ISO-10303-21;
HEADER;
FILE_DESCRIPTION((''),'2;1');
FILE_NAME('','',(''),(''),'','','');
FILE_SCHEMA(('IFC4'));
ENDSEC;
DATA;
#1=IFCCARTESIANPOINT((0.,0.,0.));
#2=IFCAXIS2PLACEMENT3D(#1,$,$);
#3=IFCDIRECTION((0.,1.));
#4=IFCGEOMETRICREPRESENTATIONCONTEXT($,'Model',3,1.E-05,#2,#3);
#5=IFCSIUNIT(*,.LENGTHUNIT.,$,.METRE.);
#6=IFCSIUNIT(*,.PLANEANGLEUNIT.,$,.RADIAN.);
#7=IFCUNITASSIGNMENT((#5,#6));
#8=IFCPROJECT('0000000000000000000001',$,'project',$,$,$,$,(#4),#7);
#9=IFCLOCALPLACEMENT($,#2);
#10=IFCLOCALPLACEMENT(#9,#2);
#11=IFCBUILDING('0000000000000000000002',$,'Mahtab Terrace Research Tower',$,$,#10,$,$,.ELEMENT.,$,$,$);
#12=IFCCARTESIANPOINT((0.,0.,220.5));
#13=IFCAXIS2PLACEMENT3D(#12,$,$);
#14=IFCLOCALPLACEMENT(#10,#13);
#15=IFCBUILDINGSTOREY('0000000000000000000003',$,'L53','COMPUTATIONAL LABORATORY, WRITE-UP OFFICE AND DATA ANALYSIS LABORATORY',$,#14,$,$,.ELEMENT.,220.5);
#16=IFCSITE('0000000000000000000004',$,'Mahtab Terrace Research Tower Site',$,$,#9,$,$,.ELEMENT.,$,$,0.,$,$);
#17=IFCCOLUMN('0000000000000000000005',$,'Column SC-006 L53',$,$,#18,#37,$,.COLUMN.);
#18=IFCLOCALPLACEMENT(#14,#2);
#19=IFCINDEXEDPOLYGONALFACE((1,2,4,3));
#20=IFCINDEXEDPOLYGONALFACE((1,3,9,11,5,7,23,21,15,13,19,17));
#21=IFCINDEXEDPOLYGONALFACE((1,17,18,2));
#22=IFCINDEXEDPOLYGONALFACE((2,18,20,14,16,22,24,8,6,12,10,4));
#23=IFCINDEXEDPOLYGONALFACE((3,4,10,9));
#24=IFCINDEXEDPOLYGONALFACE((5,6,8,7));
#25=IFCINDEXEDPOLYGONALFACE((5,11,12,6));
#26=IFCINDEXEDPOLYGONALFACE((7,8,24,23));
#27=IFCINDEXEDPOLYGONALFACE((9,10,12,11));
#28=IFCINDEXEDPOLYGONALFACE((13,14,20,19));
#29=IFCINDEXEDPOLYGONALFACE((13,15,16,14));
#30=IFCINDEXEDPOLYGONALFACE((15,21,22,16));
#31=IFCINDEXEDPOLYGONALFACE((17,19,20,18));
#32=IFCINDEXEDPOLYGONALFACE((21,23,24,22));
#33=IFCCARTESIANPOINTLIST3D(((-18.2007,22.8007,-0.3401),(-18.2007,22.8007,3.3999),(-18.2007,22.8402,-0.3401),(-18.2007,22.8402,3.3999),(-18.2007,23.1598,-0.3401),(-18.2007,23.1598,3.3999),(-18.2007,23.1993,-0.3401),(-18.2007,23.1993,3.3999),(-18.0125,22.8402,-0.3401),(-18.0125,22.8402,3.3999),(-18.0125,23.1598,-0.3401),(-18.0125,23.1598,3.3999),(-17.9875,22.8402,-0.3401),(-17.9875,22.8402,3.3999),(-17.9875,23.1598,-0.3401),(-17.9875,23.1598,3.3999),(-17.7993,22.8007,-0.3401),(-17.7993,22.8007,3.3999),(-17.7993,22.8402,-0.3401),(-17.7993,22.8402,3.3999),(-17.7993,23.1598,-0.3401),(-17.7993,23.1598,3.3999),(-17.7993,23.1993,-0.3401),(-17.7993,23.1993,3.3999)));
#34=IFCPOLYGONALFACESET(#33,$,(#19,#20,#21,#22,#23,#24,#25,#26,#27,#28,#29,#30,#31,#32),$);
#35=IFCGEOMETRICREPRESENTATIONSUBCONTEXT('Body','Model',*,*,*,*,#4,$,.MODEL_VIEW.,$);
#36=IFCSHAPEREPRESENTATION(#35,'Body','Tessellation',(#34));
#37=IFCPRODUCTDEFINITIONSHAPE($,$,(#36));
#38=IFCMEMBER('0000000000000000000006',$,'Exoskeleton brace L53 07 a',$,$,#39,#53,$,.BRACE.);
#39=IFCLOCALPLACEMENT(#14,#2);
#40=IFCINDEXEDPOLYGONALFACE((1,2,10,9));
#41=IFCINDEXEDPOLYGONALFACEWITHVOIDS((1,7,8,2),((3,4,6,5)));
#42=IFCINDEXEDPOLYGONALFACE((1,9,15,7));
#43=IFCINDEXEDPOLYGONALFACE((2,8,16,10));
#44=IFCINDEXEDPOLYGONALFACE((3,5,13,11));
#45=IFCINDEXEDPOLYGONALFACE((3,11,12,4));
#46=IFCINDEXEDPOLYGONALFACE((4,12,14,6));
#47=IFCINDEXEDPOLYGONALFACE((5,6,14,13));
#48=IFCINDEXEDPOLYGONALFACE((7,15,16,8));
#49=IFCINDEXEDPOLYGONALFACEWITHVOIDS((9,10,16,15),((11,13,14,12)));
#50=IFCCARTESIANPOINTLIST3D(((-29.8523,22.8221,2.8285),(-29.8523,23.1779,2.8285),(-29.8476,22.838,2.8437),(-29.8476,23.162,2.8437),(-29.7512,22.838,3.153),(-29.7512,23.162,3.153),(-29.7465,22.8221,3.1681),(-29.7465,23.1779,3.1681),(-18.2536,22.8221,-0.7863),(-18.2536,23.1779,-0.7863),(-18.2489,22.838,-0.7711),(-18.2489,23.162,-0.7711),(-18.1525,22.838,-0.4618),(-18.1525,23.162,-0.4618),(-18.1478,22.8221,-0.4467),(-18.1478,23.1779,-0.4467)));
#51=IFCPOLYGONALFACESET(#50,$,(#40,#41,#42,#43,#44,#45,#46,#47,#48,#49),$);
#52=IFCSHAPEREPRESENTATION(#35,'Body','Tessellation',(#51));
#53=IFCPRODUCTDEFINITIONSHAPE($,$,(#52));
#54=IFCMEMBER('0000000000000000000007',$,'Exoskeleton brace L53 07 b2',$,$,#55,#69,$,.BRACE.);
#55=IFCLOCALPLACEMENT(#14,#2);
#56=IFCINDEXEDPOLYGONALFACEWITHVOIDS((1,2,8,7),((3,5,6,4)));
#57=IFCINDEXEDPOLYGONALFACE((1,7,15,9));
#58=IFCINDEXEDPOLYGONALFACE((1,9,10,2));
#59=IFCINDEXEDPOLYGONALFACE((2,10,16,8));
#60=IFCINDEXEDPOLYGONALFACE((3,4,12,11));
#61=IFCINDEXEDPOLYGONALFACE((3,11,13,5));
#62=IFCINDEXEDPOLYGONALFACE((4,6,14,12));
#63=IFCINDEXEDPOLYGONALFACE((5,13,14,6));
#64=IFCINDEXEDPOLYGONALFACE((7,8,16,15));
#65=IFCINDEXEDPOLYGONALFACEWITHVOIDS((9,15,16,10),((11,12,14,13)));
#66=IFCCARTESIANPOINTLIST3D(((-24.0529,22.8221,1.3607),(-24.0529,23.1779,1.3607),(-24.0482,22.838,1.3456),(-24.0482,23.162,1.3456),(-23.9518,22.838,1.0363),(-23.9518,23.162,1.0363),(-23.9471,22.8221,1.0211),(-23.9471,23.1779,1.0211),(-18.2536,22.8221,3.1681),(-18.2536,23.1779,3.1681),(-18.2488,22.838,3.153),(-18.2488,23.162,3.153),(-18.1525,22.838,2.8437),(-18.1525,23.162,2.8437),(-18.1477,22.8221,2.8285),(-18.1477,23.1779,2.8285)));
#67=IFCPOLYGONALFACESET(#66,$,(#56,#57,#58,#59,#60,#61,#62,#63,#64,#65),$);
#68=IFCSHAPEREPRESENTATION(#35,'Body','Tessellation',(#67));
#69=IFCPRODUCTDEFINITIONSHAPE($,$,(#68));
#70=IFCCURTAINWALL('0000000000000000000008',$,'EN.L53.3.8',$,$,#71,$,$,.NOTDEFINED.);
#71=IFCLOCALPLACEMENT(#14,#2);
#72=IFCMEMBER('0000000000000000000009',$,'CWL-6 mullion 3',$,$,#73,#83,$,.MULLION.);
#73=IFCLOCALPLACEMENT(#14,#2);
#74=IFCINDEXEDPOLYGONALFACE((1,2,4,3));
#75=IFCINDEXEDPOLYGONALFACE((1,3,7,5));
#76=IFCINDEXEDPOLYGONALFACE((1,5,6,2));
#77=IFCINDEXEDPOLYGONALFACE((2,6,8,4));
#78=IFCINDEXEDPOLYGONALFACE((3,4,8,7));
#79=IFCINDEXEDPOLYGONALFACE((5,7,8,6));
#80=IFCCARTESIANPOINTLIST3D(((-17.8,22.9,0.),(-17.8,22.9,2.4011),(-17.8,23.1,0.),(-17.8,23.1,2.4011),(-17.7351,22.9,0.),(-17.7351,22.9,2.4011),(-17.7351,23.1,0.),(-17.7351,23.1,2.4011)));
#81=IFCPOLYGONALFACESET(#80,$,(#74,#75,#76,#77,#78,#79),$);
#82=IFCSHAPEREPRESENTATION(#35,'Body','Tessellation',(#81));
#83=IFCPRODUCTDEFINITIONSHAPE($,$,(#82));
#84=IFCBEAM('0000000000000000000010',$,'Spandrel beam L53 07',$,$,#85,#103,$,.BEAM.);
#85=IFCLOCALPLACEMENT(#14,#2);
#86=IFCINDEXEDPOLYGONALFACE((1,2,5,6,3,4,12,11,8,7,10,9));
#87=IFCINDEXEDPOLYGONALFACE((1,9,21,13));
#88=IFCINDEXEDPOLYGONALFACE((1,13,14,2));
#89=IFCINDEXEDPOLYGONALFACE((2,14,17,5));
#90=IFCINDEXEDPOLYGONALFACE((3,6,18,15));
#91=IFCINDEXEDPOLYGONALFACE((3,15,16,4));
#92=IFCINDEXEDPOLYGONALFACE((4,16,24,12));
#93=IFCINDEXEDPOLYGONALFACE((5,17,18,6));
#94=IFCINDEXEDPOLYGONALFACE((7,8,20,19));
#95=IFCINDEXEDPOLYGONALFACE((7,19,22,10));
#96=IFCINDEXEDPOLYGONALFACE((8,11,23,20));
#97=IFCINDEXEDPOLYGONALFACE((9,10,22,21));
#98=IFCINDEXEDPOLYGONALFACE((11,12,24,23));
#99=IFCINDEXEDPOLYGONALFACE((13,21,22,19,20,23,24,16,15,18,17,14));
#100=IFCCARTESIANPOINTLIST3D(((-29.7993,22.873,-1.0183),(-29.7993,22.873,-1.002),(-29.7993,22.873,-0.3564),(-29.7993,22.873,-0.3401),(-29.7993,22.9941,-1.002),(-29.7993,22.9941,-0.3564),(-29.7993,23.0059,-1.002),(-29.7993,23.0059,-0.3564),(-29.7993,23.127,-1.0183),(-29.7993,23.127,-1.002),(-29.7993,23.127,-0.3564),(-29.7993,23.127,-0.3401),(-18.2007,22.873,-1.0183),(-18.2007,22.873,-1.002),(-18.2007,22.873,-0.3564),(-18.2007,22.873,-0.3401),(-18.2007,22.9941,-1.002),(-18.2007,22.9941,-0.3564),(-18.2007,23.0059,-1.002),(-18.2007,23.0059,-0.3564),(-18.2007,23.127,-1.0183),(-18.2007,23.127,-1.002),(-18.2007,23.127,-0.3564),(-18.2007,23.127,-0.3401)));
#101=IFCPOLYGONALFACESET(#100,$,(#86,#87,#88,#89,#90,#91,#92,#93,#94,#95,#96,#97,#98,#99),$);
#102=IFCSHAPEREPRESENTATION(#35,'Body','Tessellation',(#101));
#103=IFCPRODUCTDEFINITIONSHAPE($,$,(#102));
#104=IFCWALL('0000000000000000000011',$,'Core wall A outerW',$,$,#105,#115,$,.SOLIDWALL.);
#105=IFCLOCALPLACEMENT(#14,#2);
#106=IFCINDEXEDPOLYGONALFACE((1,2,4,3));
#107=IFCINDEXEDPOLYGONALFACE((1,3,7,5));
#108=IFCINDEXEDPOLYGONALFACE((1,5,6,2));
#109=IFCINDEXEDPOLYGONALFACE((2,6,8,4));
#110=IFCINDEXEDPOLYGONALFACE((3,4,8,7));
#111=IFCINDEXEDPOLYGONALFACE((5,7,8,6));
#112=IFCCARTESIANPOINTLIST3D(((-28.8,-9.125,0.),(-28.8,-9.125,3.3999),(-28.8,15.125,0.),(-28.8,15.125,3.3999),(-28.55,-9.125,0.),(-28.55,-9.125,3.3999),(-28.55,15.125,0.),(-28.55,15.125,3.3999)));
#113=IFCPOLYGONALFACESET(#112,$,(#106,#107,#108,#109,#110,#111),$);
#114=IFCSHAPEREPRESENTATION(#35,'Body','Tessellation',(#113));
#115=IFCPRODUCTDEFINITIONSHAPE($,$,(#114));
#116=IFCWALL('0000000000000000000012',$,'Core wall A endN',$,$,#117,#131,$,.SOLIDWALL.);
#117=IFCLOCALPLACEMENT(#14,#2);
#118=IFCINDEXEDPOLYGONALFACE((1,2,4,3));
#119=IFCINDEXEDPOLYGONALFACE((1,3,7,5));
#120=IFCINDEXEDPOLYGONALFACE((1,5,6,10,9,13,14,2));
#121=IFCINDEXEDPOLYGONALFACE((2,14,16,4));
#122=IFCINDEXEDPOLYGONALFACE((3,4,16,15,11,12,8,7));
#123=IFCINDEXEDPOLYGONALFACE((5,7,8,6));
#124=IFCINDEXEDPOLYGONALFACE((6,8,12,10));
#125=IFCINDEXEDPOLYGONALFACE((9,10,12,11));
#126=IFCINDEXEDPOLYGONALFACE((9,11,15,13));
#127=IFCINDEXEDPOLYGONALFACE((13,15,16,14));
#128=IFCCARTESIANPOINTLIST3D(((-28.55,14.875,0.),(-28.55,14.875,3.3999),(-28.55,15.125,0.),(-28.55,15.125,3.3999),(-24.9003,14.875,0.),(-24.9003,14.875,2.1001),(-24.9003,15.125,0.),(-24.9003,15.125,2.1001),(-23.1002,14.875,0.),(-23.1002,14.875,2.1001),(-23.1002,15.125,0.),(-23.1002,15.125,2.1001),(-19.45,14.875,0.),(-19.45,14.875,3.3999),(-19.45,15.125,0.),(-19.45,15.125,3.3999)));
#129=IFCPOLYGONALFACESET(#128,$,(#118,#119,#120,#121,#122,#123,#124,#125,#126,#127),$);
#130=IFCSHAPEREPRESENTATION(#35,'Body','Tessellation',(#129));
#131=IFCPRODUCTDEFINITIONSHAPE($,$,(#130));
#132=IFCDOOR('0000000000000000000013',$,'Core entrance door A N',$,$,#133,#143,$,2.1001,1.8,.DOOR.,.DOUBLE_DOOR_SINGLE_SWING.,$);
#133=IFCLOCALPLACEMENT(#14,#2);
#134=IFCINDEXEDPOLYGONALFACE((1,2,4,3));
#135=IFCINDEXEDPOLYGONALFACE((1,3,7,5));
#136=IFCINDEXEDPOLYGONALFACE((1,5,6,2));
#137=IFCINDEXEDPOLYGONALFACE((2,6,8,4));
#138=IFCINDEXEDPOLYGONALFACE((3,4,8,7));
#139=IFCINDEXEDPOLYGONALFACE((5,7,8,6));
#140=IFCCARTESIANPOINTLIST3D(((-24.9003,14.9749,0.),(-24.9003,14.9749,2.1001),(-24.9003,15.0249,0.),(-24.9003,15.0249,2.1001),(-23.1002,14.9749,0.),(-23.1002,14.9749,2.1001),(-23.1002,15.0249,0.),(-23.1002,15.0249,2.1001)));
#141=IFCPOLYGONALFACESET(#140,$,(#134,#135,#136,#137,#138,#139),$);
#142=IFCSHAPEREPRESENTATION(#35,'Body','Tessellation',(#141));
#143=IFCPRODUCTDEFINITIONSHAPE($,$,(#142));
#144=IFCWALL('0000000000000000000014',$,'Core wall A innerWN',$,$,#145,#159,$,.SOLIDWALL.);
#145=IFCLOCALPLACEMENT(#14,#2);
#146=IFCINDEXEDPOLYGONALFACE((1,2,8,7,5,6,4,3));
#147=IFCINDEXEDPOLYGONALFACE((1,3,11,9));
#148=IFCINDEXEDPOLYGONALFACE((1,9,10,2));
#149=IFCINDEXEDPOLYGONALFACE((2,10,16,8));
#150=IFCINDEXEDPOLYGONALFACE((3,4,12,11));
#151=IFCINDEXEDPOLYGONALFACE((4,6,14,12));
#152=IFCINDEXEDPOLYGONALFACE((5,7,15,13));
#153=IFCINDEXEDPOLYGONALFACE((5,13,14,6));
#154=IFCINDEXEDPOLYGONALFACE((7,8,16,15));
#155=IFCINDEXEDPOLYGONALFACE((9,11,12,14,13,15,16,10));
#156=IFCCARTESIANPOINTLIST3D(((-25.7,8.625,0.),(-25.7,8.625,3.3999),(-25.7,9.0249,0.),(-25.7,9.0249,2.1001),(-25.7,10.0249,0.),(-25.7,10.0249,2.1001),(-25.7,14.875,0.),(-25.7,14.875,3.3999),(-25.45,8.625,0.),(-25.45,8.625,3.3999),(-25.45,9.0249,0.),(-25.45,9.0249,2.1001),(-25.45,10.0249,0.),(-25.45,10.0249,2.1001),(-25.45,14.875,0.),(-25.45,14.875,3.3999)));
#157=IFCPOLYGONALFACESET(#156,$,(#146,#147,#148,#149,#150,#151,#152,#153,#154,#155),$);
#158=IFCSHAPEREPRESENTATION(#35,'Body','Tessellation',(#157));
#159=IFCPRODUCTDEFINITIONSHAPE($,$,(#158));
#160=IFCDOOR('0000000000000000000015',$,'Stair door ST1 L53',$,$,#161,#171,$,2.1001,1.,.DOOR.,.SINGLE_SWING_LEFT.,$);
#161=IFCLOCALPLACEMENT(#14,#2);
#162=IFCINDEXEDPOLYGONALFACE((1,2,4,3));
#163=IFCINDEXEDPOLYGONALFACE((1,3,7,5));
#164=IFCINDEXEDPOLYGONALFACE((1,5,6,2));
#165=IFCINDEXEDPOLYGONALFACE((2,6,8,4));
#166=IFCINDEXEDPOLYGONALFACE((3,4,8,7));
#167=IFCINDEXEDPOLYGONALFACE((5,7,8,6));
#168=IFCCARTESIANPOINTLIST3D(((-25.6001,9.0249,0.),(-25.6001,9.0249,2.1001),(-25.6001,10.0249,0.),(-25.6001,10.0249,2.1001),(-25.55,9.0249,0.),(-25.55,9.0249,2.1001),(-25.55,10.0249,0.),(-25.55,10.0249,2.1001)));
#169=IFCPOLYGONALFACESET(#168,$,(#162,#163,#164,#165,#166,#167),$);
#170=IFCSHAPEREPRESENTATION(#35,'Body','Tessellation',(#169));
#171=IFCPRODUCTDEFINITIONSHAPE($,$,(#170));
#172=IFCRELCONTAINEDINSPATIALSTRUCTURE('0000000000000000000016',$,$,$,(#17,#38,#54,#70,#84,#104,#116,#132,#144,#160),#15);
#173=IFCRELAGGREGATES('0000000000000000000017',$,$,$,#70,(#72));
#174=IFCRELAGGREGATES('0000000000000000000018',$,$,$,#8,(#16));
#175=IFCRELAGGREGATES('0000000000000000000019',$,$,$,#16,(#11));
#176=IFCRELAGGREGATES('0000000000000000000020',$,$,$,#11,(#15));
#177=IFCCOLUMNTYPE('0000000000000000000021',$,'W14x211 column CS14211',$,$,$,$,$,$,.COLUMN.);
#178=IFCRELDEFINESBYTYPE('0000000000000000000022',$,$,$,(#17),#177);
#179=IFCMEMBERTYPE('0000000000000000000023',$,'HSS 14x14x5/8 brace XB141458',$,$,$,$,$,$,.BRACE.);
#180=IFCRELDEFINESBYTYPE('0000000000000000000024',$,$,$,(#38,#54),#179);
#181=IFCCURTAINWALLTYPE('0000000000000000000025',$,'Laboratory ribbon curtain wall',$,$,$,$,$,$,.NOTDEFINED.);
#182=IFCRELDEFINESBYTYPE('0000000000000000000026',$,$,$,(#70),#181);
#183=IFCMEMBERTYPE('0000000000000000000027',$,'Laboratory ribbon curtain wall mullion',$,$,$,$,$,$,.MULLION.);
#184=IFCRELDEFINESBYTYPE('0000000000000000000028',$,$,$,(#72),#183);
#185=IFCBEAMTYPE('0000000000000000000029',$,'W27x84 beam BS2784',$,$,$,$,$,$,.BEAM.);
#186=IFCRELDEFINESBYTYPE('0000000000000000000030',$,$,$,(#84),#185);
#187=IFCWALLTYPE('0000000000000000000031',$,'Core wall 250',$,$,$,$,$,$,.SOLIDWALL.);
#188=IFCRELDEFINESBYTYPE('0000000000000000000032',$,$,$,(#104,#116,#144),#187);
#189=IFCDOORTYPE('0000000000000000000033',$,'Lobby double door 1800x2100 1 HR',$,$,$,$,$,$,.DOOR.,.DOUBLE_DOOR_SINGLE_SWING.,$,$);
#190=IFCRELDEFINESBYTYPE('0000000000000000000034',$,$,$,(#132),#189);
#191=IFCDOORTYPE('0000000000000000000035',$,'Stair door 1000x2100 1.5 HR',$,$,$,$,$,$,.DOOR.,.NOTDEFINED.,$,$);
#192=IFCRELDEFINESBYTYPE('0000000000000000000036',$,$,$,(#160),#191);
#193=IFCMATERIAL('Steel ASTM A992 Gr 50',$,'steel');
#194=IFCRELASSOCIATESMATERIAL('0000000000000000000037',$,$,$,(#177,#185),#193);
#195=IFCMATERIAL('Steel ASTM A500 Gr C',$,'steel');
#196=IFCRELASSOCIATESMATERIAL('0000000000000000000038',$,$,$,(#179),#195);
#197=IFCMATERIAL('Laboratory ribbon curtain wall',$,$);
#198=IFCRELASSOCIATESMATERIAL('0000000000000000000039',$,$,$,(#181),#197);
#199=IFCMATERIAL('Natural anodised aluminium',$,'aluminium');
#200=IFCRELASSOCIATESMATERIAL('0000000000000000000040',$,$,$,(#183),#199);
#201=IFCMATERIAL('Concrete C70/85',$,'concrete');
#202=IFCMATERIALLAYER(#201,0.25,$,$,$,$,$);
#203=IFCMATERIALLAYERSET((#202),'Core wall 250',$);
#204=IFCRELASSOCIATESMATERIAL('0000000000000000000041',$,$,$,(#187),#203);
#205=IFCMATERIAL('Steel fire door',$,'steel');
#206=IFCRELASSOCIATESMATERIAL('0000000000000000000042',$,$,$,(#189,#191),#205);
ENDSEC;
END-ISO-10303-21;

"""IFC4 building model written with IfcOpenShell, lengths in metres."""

from ifc_helpers import new_model, si_unit, direction, frame, frame_2d, origin, origin_2d, place, context, subcontext, project, spatial, rectangle, hollow_rectangle, i_section, extrude, material, layer, layer_set, material_profile, profile_set, type_object, element, fill, aggregate, save


model = new_model("IFC4")

# Units and contexts
model_context = context("Model", 3, precision=1e-05, world=origin(), true_north=direction((0.0, 1.0)))
body_context = subcontext(model_context, "Body", "Model", "MODEL_VIEW")
ifc_project = project(units=[si_unit("LENGTHUNIT", "METRE"), si_unit("PLANEANGLEUNIT", "RADIAN")], contexts=[model_context])

# Site, building, storey
site_placement = place(None, origin())
site = spatial("IfcSite", under=ifc_project, at=site_placement, Name="Mahtab Terrace Research Tower Site", CompositionType="ELEMENT", RefElevation=0.0)
building_placement = place(site_placement, origin())
building = spatial("IfcBuilding", under=site, at=building_placement, Name="Mahtab Terrace Research Tower", CompositionType="ELEMENT")
storey_placement = place(building_placement, frame((0.0, 0.0, 220.5)))
storey = spatial("IfcBuildingStorey", under=building, at=storey_placement, Name="L53", Description="COMPUTATIONAL LABORATORY, WRITE-UP OFFICE AND DATA ANALYSIS LABORATORY", CompositionType="ELEMENT", Elevation=220.5)

# Column
ifc_material_1 = material(Name="Steel ASTM A992 Gr 50", Category="steel")
ifc_material_profile_1 = material_profile(ifc_material_1, i_section(OverallWidth=0.4014, OverallDepth=0.3987, WebThickness=0.0249, FlangeThickness=0.0396, at=origin_2d()), Name="W14X211")
ifc_profile_set_1 = profile_set([ifc_material_profile_1], Name="Steel ASTM A992 Gr 50")
column_type = type_object("IfcColumnType", Name="W14x211 column CS14211", PredefinedType="COLUMN", material=ifc_profile_set_1)
column_placement = place(storey_placement, frame((-18.0, 23.0, -0.3401), z_axis=(0.0, 0.0, 1.0), x_axis=(1.0, 0.0, 0.0)))
element("IfcColumn", 1, at=column_placement, inside=storey, type_object=column_type, Name="Column SC-006 L53", PredefinedType="COLUMN", context=body_context, shape_type="SweptSolid", body=[
    extrude(i_section(OverallWidth=0.4014, OverallDepth=0.3987, WebThickness=0.0249, FlangeThickness=0.0396, at=origin_2d()), origin(), (0.0, 0.0, 1.0), 3.74),
])

# Members
ifc_material_2 = material(Name="Steel ASTM A500 Gr C", Category="steel")
ifc_material_profile_2 = material_profile(ifc_material_2, hollow_rectangle(XDim=0.3557, YDim=0.3557, WallThickness=0.0159, at=origin_2d()), Name="HSS14X14X5/8")
ifc_profile_set_2 = profile_set([ifc_material_profile_2], Name="Steel ASTM A500 Gr C")
member_type_1 = type_object("IfcMemberType", Name="HSS 14x14x5/8 brace XB141458", PredefinedType="BRACE", material=ifc_profile_set_2)
member_1_placement = place(storey_placement, frame((-18.2007, 23.0, -0.6165), z_axis=(-0.95471, 0.0, 0.297538), x_axis=(0.0, -1.0, 0.0)))
element("IfcMember", 2, at=member_1_placement, inside=storey, type_object=member_type_1, Name="Exoskeleton brace L53 07 a", PredefinedType="BRACE", context=body_context, shape_type="SweptSolid", body=[
    extrude(hollow_rectangle(XDim=0.3557, YDim=0.3557, WallThickness=0.0159, at=origin_2d()), origin(), (0.0, 0.0, 1.0), 12.1489),
])
member_2_placement = place(storey_placement, frame((-24.0, 23.0, 1.1909), z_axis=(0.95471, 0.0, 0.297538), x_axis=(0.0, 1.0, 0.0)))
element("IfcMember", 3, at=member_2_placement, inside=storey, type_object=member_type_1, Name="Exoskeleton brace L53 07 b2", PredefinedType="BRACE", context=body_context, shape_type="SweptSolid", body=[
    extrude(hollow_rectangle(XDim=0.3557, YDim=0.3557, WallThickness=0.0159, at=origin_2d()), origin(), (0.0, 0.0, 1.0), 6.0745),
])

# Curtain wall, member
ifc_material_3 = material(Name="Laboratory ribbon curtain wall")
curtain_wall_type = type_object("IfcCurtainWallType", Name="Laboratory ribbon curtain wall", PredefinedType="NOTDEFINED", material=ifc_material_3)
curtain_wall_placement = place(storey_placement, origin())
curtain_wall = element("IfcCurtainWall", 4, at=curtain_wall_placement, inside=storey, type_object=curtain_wall_type, Name="EN.L53.3.8", PredefinedType="NOTDEFINED")
ifc_material_4 = material(Name="Natural anodised aluminium", Category="aluminium")
ifc_material_profile_3 = material_profile(ifc_material_4, rectangle(XDim=0.2, YDim=0.0649, at=origin_2d()), Name="MULLION 65x200")
ifc_profile_set_3 = profile_set([ifc_material_profile_3], Name="Natural anodised aluminium")
member_type_2 = type_object("IfcMemberType", Name="Laboratory ribbon curtain wall mullion", PredefinedType="MULLION", material=ifc_profile_set_3)
member_3_placement = place(storey_placement, frame((-17.7676, 23.0, 0.0), z_axis=(0.0, 0.0, 1.0), x_axis=(0.0, -1.0, 0.0)))
member_3 = element("IfcMember", 5, at=member_3_placement, type_object=member_type_2, Name="CWL-6 mullion 3", PredefinedType="MULLION", context=body_context, shape_type="SweptSolid", body=[
    extrude(rectangle(XDim=0.2, YDim=0.0649, at=origin_2d()), origin(), (0.0, 0.0, 1.0), 2.4011),
])
aggregate(curtain_wall, [member_3])

# Beam
ifc_material_profile_4 = material_profile(ifc_material_1, i_section(OverallWidth=0.2539, OverallDepth=0.6782, WebThickness=0.0117, FlangeThickness=0.0164, at=origin_2d()), Name="W27X84")
ifc_profile_set_4 = profile_set([ifc_material_profile_4], Name="Steel ASTM A992 Gr 50")
beam_type = type_object("IfcBeamType", Name="W27x84 beam BS2784", PredefinedType="BEAM", material=ifc_profile_set_4)
beam_placement = place(storey_placement, frame((-18.2007, 23.0, -0.6792), z_axis=(-1.0, 0.0, 0.0), x_axis=(0.0, -1.0, 0.0)))
element("IfcBeam", 6, at=beam_placement, inside=storey, type_object=beam_type, Name="Spandrel beam L53 07", PredefinedType="BEAM", context=body_context, shape_type="SweptSolid", body=[
    extrude(i_section(OverallWidth=0.2539, OverallDepth=0.6782, WebThickness=0.0117, FlangeThickness=0.0164, at=origin_2d()), origin(), (0.0, 0.0, 1.0), 11.5986),
])

# Wall
ifc_material_5 = material(Name="Concrete C70/85", Category="concrete")
ifc_layer_1 = layer(ifc_material_5, 0.25)
ifc_layer_set_1 = layer_set([ifc_layer_1], Name="Core wall 250")
wall_type_1 = type_object("IfcWallType", Name="Core wall 250", PredefinedType="SOLIDWALL", material=ifc_layer_set_1)
wall_1_placement = place(storey_placement, frame((-28.675, 15.125, 0.0), z_axis=(0.0, 0.0, 1.0), x_axis=(0.0, -1.0, 0.0)))
element("IfcWall", 7, at=wall_1_placement, inside=storey, type_object=wall_type_1, Name="Core wall A outerW", PredefinedType="SOLIDWALL", context=body_context, shape_type="SweptSolid", body=[
    extrude(rectangle(XDim=24.25, YDim=0.25, at=frame_2d((12.125, 0.0))), origin(), (0.0, 0.0, 1.0), 3.3999),
])

# Walls, openings, doors
wall_2_placement = place(storey_placement, frame((-28.55, 15.0, 0.0), z_axis=(0.0, 0.0, 1.0), x_axis=(1.0, 0.0, 0.0)))
wall_2 = element("IfcWall", 8, at=wall_2_placement, inside=storey, type_object=wall_type_1, Name="Core wall A endN", PredefinedType="SOLIDWALL", context=body_context, shape_type="SweptSolid", body=[
    extrude(rectangle(XDim=9.1001, YDim=0.25, at=frame_2d((4.55, 0.0))), origin(), (0.0, 0.0, 1.0), 3.3999),
])
opening_1_placement = place(wall_2_placement, frame((3.6499, 0.0, 0.0)))
opening_1 = element("IfcOpeningElement", 9, at=opening_1_placement, cuts=wall_2, PredefinedType="OPENING", context=body_context, shape_type="SweptSolid", body=[
    extrude(rectangle(XDim=1.8, YDim=2.1001, at=frame_2d((0.8999, 1.05))), frame((0.0, 0.135, 0.0), z_axis=(0.0, -1.0, 0.0), x_axis=(1.0, 0.0, 0.0)), (0.0, 0.0, 1.0), 0.27),
])
ifc_material_6 = material(Name="Steel fire door", Category="steel")
door_type_1 = type_object("IfcDoorType", Name="Lobby double door 1800x2100 1 HR", OperationType="DOUBLE_DOOR_SINGLE_SWING", PredefinedType="DOOR", material=ifc_material_6)
door_1_placement = place(opening_1_placement, origin())
door_1 = element("IfcDoor", 10, at=door_1_placement, inside=storey, type_object=door_type_1, Name="Core entrance door A N", OperationType="DOUBLE_DOOR_SINGLE_SWING", OverallHeight=2.1001, OverallWidth=1.8, PredefinedType="DOOR", context=body_context, shape_type="SweptSolid", body=[
    extrude(rectangle(XDim=1.8, YDim=2.1001, at=frame_2d((0.8999, 1.05))), frame((0.0, 0.0249, 0.0), z_axis=(0.0, -1.0, 0.0), x_axis=(1.0, 0.0, 0.0)), (0.0, 0.0, 1.0), 0.05),
])
fill(opening_1, door_1)
wall_3_placement = place(storey_placement, frame((-25.575, 14.875, 0.0), z_axis=(0.0, 0.0, 1.0), x_axis=(0.0, -1.0, 0.0)))
wall_3 = element("IfcWall", 11, at=wall_3_placement, inside=storey, type_object=wall_type_1, Name="Core wall A innerWN", PredefinedType="SOLIDWALL", context=body_context, shape_type="SweptSolid", body=[
    extrude(rectangle(XDim=6.25, YDim=0.25, at=frame_2d((3.125, 0.0))), origin(), (0.0, 0.0, 1.0), 3.3999),
])
opening_2_placement = place(wall_3_placement, frame((4.8501, 0.0, 0.0)))
opening_2 = element("IfcOpeningElement", 12, at=opening_2_placement, cuts=wall_3, PredefinedType="OPENING", context=body_context, shape_type="SweptSolid", body=[
    extrude(rectangle(XDim=1.0, YDim=2.1001, at=frame_2d((0.5, 1.05))), frame((0.0, 0.135, 0.0), z_axis=(0.0, -1.0, 0.0), x_axis=(1.0, 0.0, 0.0)), (0.0, 0.0, 1.0), 0.27),
])
door_type_2 = type_object("IfcDoorType", Name="Stair door 1000x2100 1.5 HR", OperationType="NOTDEFINED", PredefinedType="DOOR", material=ifc_material_6)
door_2_placement = place(opening_2_placement, origin())
door_2 = element("IfcDoor", 13, at=door_2_placement, inside=storey, type_object=door_type_2, Name="Stair door ST1 L53", OperationType="SINGLE_SWING_LEFT", OverallHeight=2.1001, OverallWidth=1.0, PredefinedType="DOOR", context=body_context, shape_type="SweptSolid", body=[
    extrude(rectangle(XDim=1.0, YDim=2.1001, at=frame_2d((0.5, 1.05))), frame((0.0, 0.0249, 0.0), z_axis=(0.0, -1.0, 0.0), x_axis=(1.0, 0.0, 0.0)), (0.0, 0.0, 1.0), 0.05),
])
fill(opening_2, door_2)

save(model, "model.ifc")
